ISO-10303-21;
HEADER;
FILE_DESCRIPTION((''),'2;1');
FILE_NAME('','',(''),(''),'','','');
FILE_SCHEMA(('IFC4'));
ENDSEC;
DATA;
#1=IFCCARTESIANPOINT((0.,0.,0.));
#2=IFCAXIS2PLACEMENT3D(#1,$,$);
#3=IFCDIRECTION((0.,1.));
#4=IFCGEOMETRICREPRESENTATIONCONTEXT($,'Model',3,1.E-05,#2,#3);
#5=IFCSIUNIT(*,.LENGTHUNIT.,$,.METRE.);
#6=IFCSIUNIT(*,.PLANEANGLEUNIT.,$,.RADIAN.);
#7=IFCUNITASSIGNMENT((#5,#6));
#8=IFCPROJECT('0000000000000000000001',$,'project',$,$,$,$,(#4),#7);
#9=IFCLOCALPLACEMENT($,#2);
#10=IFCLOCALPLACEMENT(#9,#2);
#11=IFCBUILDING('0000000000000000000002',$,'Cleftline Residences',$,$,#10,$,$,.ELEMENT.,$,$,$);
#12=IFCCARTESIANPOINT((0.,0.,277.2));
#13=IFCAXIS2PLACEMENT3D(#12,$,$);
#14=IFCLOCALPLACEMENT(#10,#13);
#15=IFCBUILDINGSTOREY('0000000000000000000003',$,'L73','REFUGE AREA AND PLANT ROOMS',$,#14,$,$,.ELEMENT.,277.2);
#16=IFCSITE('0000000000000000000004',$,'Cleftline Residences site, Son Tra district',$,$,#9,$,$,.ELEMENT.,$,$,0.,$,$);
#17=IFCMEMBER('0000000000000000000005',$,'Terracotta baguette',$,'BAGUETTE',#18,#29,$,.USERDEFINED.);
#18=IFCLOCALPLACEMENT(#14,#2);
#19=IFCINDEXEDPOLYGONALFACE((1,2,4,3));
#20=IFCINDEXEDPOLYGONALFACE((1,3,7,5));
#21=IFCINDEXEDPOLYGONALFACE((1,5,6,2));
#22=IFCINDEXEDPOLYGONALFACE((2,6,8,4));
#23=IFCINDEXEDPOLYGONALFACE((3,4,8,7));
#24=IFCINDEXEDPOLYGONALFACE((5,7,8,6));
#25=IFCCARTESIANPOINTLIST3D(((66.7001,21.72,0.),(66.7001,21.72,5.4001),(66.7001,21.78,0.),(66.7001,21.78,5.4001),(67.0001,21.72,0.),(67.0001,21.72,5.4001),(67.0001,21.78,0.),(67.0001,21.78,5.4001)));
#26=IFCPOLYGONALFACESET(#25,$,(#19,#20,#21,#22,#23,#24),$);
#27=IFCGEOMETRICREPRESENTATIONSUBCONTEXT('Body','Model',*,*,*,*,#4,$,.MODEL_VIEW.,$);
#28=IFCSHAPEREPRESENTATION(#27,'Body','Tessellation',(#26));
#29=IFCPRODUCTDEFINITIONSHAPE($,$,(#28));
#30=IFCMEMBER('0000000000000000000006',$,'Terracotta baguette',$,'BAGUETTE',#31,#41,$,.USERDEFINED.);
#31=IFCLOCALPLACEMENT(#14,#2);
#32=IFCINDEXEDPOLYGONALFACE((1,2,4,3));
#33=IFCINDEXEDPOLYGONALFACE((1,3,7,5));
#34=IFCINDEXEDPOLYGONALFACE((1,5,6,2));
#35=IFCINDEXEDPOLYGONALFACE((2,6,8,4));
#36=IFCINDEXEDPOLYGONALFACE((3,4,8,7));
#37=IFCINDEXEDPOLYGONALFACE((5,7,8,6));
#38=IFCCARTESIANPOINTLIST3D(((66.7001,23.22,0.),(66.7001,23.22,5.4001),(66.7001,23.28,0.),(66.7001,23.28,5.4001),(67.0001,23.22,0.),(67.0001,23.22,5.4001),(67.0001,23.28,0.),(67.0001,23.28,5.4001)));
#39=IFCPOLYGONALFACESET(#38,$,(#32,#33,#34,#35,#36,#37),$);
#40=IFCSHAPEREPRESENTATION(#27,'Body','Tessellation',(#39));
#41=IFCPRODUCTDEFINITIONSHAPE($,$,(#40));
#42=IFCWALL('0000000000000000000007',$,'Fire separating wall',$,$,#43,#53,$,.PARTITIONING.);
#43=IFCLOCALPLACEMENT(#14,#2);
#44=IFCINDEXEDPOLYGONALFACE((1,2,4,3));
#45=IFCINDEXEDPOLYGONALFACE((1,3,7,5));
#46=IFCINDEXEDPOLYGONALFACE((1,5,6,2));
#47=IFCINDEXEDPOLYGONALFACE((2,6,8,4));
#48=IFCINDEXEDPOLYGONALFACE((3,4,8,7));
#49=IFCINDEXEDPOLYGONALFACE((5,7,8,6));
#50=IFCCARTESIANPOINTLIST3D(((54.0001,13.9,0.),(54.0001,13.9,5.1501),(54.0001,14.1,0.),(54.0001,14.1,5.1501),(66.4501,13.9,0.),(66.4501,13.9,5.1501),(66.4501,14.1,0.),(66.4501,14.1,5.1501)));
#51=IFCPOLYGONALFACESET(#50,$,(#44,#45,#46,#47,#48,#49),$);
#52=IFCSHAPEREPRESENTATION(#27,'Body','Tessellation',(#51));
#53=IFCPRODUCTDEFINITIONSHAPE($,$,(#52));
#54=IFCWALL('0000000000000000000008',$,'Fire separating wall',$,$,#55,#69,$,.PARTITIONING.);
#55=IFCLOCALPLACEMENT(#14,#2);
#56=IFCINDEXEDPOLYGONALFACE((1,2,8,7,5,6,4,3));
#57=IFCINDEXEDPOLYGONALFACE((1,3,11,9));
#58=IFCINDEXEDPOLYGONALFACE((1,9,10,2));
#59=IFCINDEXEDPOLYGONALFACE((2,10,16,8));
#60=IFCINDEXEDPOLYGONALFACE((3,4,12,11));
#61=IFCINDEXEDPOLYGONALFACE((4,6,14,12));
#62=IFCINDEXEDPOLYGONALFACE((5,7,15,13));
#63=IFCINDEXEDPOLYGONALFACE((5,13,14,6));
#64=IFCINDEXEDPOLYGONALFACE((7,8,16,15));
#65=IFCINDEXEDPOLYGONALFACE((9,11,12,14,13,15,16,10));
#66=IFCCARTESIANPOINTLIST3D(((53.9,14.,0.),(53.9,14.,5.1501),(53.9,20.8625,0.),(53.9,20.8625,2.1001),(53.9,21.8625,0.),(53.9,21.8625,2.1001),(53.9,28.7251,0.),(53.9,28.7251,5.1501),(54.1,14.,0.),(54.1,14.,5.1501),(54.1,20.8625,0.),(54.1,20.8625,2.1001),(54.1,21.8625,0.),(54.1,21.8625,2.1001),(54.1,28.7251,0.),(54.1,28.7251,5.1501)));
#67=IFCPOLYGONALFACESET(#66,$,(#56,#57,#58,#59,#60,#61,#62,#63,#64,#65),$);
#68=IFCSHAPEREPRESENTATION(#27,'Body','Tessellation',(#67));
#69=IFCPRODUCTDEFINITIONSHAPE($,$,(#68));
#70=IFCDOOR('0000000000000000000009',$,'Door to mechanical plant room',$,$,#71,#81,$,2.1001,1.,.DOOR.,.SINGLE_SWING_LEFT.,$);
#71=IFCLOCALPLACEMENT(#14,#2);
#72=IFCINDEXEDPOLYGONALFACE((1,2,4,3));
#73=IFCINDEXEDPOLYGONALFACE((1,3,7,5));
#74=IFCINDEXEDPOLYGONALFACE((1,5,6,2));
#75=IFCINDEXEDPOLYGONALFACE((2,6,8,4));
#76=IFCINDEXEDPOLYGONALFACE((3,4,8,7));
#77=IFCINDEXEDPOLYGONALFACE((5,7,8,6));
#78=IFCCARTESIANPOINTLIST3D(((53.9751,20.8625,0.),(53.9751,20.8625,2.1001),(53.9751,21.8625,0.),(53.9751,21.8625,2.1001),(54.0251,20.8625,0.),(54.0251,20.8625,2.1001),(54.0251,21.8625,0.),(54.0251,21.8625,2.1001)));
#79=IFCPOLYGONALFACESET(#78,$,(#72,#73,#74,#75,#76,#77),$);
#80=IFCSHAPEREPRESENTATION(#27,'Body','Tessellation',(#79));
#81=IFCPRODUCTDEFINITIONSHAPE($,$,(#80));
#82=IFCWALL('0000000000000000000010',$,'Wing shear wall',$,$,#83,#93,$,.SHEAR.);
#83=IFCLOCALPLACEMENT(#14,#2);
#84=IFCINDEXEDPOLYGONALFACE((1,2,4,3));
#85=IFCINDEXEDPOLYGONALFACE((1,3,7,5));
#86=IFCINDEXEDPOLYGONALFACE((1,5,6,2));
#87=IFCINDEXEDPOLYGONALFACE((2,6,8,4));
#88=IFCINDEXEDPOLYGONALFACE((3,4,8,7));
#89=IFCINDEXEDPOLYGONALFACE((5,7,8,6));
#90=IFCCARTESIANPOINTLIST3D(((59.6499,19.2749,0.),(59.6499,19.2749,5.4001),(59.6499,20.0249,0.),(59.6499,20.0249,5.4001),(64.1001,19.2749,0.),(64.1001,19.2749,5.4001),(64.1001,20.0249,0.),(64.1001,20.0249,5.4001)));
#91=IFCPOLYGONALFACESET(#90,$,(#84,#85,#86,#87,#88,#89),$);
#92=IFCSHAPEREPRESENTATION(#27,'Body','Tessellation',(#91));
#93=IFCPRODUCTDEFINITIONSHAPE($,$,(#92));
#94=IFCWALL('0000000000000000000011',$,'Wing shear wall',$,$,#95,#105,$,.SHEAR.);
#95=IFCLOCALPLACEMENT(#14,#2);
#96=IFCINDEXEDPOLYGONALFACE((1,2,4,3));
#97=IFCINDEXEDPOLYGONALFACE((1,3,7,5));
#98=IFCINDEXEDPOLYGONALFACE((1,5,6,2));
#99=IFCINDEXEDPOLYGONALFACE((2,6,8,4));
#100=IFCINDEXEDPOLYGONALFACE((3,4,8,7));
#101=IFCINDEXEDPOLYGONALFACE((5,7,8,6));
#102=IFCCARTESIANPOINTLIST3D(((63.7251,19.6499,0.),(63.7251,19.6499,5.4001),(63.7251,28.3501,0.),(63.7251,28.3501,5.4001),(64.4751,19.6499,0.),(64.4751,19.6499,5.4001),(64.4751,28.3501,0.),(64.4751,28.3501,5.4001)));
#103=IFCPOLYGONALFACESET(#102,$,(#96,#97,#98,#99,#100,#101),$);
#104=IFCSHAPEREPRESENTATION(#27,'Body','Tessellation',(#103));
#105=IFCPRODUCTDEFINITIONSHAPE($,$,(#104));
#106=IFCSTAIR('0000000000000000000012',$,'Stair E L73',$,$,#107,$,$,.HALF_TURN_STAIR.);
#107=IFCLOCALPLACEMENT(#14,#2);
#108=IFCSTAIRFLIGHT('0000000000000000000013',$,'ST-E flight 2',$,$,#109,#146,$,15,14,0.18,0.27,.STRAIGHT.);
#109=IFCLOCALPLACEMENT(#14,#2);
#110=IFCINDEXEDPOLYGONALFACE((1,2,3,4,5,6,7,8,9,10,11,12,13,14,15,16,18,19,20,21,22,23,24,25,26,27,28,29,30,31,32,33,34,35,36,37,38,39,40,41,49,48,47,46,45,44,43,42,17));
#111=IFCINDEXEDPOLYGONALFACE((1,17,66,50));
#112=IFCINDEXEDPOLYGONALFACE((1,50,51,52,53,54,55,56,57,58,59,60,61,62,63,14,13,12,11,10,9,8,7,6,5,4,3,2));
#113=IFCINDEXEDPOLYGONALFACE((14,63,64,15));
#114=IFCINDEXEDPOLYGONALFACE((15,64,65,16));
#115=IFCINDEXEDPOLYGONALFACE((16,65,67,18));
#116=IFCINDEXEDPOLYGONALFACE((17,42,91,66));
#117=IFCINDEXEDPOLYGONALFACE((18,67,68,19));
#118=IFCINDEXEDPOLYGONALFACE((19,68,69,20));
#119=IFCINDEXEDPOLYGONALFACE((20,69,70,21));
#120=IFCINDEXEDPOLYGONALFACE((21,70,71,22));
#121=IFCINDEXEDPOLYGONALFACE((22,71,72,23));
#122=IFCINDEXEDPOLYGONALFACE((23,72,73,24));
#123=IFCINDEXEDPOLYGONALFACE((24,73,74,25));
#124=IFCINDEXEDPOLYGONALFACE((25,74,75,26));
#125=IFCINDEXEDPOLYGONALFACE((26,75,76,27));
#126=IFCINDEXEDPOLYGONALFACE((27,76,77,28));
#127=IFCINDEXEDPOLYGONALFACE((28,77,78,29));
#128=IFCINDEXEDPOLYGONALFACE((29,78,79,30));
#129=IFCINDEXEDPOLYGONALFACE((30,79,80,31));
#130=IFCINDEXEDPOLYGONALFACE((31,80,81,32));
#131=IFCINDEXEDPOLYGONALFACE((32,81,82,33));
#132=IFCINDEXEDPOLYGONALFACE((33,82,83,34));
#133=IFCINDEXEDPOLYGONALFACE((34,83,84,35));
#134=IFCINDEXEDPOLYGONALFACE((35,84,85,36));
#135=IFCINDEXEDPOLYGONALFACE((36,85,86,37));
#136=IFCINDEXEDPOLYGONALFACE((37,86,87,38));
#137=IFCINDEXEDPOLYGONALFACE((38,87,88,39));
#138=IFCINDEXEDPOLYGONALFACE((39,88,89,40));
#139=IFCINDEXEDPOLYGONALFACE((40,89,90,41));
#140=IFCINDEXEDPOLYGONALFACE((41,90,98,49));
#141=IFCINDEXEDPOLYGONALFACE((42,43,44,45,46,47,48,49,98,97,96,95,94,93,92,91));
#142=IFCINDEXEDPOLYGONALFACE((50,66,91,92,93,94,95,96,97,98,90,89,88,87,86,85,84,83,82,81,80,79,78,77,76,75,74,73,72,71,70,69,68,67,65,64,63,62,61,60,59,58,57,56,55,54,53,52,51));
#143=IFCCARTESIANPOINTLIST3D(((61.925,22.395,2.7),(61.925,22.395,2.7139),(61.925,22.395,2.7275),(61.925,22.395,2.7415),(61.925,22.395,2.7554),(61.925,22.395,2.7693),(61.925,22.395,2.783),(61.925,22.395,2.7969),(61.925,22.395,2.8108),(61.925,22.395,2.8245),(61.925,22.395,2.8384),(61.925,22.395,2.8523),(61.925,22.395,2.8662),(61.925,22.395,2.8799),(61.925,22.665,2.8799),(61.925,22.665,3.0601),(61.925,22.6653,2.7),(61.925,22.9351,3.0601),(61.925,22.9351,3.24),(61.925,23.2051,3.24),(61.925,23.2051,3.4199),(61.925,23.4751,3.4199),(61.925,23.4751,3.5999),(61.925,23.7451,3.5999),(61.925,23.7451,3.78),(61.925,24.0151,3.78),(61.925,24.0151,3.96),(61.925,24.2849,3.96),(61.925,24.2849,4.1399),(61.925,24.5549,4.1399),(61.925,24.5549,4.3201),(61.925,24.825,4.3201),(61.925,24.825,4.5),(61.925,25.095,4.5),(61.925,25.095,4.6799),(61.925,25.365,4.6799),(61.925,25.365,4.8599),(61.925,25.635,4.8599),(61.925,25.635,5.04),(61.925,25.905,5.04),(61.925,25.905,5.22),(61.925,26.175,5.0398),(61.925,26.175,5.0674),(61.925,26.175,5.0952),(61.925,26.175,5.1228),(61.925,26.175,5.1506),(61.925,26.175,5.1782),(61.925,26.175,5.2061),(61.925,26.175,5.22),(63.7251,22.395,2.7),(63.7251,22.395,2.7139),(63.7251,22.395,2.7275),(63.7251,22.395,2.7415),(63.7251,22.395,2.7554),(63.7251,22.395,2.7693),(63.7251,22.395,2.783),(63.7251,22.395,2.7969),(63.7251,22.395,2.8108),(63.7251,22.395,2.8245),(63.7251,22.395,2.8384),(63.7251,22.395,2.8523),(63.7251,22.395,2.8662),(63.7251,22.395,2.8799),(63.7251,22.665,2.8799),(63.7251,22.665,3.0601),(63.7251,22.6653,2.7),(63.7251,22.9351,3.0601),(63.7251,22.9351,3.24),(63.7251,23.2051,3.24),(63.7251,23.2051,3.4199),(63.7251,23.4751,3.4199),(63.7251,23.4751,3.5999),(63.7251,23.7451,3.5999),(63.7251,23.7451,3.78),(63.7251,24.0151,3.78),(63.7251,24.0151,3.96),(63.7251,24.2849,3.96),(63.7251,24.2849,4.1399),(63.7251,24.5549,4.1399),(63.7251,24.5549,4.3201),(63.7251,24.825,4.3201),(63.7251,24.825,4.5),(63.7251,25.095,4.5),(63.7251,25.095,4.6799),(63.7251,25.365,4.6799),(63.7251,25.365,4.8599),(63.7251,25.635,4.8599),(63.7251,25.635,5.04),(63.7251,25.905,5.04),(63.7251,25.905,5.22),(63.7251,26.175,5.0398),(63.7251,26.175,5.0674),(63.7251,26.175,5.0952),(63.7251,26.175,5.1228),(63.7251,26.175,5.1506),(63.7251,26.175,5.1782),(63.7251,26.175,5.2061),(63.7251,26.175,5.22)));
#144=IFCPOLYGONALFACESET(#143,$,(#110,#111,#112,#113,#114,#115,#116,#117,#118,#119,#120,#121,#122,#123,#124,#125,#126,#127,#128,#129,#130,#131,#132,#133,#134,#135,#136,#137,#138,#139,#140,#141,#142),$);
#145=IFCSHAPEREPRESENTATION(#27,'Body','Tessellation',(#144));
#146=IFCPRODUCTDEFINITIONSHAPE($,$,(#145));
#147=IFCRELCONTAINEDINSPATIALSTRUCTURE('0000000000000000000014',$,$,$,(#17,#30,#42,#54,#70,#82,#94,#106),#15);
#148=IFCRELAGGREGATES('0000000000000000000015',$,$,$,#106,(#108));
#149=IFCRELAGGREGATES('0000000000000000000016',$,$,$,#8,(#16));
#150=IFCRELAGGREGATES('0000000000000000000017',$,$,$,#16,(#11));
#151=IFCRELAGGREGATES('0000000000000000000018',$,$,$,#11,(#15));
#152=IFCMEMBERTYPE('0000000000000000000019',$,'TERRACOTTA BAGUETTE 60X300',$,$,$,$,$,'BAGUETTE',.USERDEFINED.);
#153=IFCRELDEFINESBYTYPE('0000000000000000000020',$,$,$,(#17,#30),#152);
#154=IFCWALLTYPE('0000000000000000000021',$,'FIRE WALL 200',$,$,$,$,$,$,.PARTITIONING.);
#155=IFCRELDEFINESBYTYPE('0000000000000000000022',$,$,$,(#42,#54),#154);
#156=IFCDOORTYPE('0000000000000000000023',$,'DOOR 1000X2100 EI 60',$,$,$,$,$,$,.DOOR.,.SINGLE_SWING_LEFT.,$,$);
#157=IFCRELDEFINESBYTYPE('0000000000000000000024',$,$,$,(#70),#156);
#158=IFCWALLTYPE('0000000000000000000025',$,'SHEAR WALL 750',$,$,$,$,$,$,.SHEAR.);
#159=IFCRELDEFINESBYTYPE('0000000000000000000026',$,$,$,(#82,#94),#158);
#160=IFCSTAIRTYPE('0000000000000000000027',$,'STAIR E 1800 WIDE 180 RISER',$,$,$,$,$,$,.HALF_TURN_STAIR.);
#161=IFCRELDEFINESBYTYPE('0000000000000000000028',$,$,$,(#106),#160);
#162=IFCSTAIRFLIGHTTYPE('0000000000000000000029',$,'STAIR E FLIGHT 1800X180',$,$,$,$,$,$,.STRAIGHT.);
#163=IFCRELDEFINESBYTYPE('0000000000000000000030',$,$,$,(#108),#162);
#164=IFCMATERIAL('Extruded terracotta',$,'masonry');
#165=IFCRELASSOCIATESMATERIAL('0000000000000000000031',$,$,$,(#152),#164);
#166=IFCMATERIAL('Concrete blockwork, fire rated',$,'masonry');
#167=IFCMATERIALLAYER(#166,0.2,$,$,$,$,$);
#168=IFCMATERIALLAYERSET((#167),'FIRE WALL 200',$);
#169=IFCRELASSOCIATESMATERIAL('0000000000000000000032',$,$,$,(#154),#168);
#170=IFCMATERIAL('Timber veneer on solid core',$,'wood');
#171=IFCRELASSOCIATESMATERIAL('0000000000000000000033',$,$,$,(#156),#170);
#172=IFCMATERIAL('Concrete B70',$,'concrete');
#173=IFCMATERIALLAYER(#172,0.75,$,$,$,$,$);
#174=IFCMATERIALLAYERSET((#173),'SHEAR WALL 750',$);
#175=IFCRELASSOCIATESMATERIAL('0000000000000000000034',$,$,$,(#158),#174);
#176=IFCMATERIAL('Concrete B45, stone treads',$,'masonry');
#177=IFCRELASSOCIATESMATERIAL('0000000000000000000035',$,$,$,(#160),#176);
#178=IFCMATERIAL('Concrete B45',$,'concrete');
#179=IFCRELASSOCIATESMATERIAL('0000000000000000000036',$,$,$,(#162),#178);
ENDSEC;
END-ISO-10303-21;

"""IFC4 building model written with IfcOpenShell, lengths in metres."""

from ifc_helpers import new_model, si_unit, direction, frame, frame_2d, origin, origin_2d, place, context, subcontext, project, spatial, polyline, rectangle, outline, extrude, material, layer, layer_set, material_profile, profile_set, type_object, element, fill, aggregate, save


model = new_model("IFC4")

# Units and contexts
model_context = context("Model", 3, precision=1e-05, world=origin(), true_north=direction((0.0, 1.0)))
body_context = subcontext(model_context, "Body", "Model", "MODEL_VIEW")
ifc_project = project(units=[si_unit("LENGTHUNIT", "METRE"), si_unit("PLANEANGLEUNIT", "RADIAN")], contexts=[model_context])

# Site, building, storey
site_placement = place(None, origin())
site = spatial("IfcSite", under=ifc_project, at=site_placement, Name="Cleftline Residences site, Son Tra district", CompositionType="ELEMENT", RefElevation=0.0)
building_placement = place(site_placement, origin())
building = spatial("IfcBuilding", under=site, at=building_placement, Name="Cleftline Residences", CompositionType="ELEMENT")
storey_placement = place(building_placement, frame((0.0, 0.0, 277.2)))
storey = spatial("IfcBuildingStorey", under=building, at=storey_placement, Name="L73", Description="REFUGE AREA AND PLANT ROOMS", CompositionType="ELEMENT", Elevation=277.2)

# Members
ifc_material_1 = material(Name="Extruded terracotta", Category="masonry")
ifc_material_profile_1 = material_profile(ifc_material_1, rectangle(XDim=0.0601, YDim=0.3, at=origin_2d()))
ifc_profile_set_1 = profile_set([ifc_material_profile_1], Name="Extruded terracotta")
member_type_1 = type_object("IfcMemberType", Name="TERRACOTTA BAGUETTE 60X300", ElementType="BAGUETTE", PredefinedType="USERDEFINED", material=ifc_profile_set_1)
for number, where, z_axis, x_axis, name in (
    (1, (66.8501, 21.75, 0.0), (0.0, 0.0, 1.0), (0.0, 1.0, 0.0), "Terracotta baguette"),
    (2, (66.8501, 23.25, 0.0), (0.0, 0.0, 1.0), (0.0, 1.0, 0.0), "Terracotta baguette"),
):
    element("IfcMember", number, at=place(storey_placement, frame(where, z_axis=z_axis, x_axis=x_axis)), inside=storey, type_object=member_type_1, Name=name, ObjectType="BAGUETTE", PredefinedType="USERDEFINED", context=body_context, shape_type="SweptSolid", body=[
        extrude(rectangle(XDim=0.0601, YDim=0.3, at=origin_2d()), origin(), (0.0, 0.0, 1.0), 5.4001),
    ])

# Wall
ifc_material_2 = material(Name="Concrete blockwork, fire rated", Category="masonry")
ifc_layer_1 = layer(ifc_material_2, 0.2)
ifc_layer_set_1 = layer_set([ifc_layer_1], Name="FIRE WALL 200")
wall_type_1 = type_object("IfcWallType", Name="FIRE WALL 200", PredefinedType="PARTITIONING", material=ifc_layer_set_1)
wall_1_placement = place(storey_placement, frame((54.0, 14.0, 0.0), z_axis=(0.0, 0.0, 1.0), x_axis=(1.0, 0.0, 0.0)))
element("IfcWall", 3, at=wall_1_placement, inside=storey, type_object=wall_type_1, Name="Fire separating wall", PredefinedType="PARTITIONING", context=body_context, shape_type="SweptSolid", body=[
    extrude(rectangle(XDim=12.45, YDim=0.2, at=frame_2d((6.2251, 0.0))), origin(), (0.0, 0.0, 1.0), 5.1501),
])

# Wall, opening, door
wall_2_placement = place(storey_placement, frame((54.0, 14.0, 0.0), z_axis=(0.0, 0.0, 1.0), x_axis=(0.0, 1.0, 0.0)))
wall_2 = element("IfcWall", 4, at=wall_2_placement, inside=storey, type_object=wall_type_1, Name="Fire separating wall", PredefinedType="PARTITIONING", context=body_context, shape_type="SweptSolid", body=[
    extrude(rectangle(XDim=14.7251, YDim=0.2, at=frame_2d((7.3625, 0.0))), origin(), (0.0, 0.0, 1.0), 5.1501),
])
opening_placement = place(wall_2_placement, frame((6.8625, 0.0, 0.0)))
opening = element("IfcOpeningElement", 5, at=opening_placement, cuts=wall_2, PredefinedType="OPENING", context=body_context, shape_type="SweptSolid", body=[
    extrude(rectangle(XDim=1.0, YDim=2.1001, at=frame_2d((0.5, 1.05))), frame((0.0, 0.1099, 0.0), z_axis=(0.0, -1.0, 0.0), x_axis=(1.0, 0.0, 0.0)), (0.0, 0.0, 1.0), 0.22),
])
ifc_material_3 = material(Name="Timber veneer on solid core", Category="wood")
door_type = type_object("IfcDoorType", Name="DOOR 1000X2100 EI 60", OperationType="SINGLE_SWING_LEFT", PredefinedType="DOOR", material=ifc_material_3)
door_placement = place(opening_placement, origin())
door = element("IfcDoor", 6, at=door_placement, inside=storey, type_object=door_type, Name="Door to mechanical plant room", OperationType="SINGLE_SWING_LEFT", OverallHeight=2.1001, OverallWidth=1.0, PredefinedType="DOOR", context=body_context, shape_type="SweptSolid", body=[
    extrude(rectangle(XDim=1.0, YDim=2.1001, at=frame_2d((0.5, 1.05))), frame((0.0, 0.0249, 0.0), z_axis=(0.0, -1.0, 0.0), x_axis=(1.0, 0.0, 0.0)), (0.0, 0.0, 1.0), 0.05),
])
fill(opening, door)

# Walls
ifc_material_4 = material(Name="Concrete B70", Category="concrete")
ifc_layer_2 = layer(ifc_material_4, 0.75)
ifc_layer_set_2 = layer_set([ifc_layer_2], Name="SHEAR WALL 750")
wall_type_2 = type_object("IfcWallType", Name="SHEAR WALL 750", PredefinedType="SHEAR", material=ifc_layer_set_2)
wall_3_placement = place(storey_placement, frame((59.6499, 19.6499, 0.0), z_axis=(0.0, 0.0, 1.0), x_axis=(1.0, 0.0, 0.0)))
element("IfcWall", 7, at=wall_3_placement, inside=storey, type_object=wall_type_2, Name="Wing shear wall", PredefinedType="SHEAR", context=body_context, shape_type="SweptSolid", body=[
    extrude(rectangle(XDim=4.4502, YDim=0.75, at=frame_2d((2.2251, 0.0))), origin(), (0.0, 0.0, 1.0), 5.4001),
])
wall_4_placement = place(storey_placement, frame((64.1001, 19.6499, 0.0), z_axis=(0.0, 0.0, 1.0), x_axis=(0.0, 1.0, 0.0)))
element("IfcWall", 8, at=wall_4_placement, inside=storey, type_object=wall_type_2, Name="Wing shear wall", PredefinedType="SHEAR", context=body_context, shape_type="SweptSolid", body=[
    extrude(rectangle(XDim=8.7002, YDim=0.75, at=frame_2d((4.3501, 0.0))), origin(), (0.0, 0.0, 1.0), 5.4001),
])

# Stair, stair flight
ifc_material_5 = material(Name="Concrete B45, stone treads", Category="masonry")
stair_type = type_object("IfcStairType", Name="STAIR E 1800 WIDE 180 RISER", PredefinedType="HALF_TURN_STAIR", material=ifc_material_5)
stair_placement = place(storey_placement, origin())
stair = element("IfcStair", 9, at=stair_placement, inside=storey, type_object=stair_type, Name="Stair E L73", PredefinedType="HALF_TURN_STAIR")
ifc_material_6 = material(Name="Concrete B45", Category="concrete")
stair_flight_type = type_object("IfcStairFlightType", Name="STAIR E FLIGHT 1800X180", PredefinedType="STRAIGHT", material=ifc_material_6)
stair_flight_placement = place(storey_placement, frame((62.825, 22.395, 2.7), z_axis=(0.0, 0.0, 1.0), x_axis=(0.0, 1.0, 0.0)))
stair_flight = element("IfcStairFlight", 10, at=stair_flight_placement, type_object=stair_flight_type, Name="ST-E flight 2", NumberOfRisers=15, NumberOfTreads=14, PredefinedType="STRAIGHT", RiserHeight=0.18, TreadLength=0.27, context=body_context, shape_type="SweptSolid", body=[
    extrude(outline(polyline([(0.0, 0.0), (0.0, 0.0139), (0.0, 0.0276), (0.0, 0.0415), (0.0, 0.0554), (0.0, 0.0693), (0.0, 0.083), (0.0, 0.0969), (0.0, 0.1108), (0.0, 0.1245), (0.0, 0.1384), (0.0, 0.1523), (0.0, 0.1663), (0.0, 0.1799), (0.27, 0.1799), (0.27, 0.3601), (0.54, 0.3601), (0.54, 0.54), (0.8101, 0.54), (0.8101, 0.72), (1.0801, 0.72), (1.0801, 0.8999), (1.3501, 0.8999), (1.3501, 1.0801), (1.6201, 1.0801), (1.6201, 1.26), (1.8899, 1.26), (1.8899, 1.4399), (2.1599, 1.4399), (2.1599, 1.6201), (2.4299, 1.6201), (2.4299, 1.8), (2.7, 1.8), (2.7, 1.98), (2.97, 1.98), (2.97, 2.1599), (3.24, 2.1599), (3.24, 2.3401), (3.51, 2.3401), (3.51, 2.52), (3.78, 2.52), (3.78, 2.7), (3.78, 2.6724), (3.78, 2.6445), (3.78, 2.6169), (3.78, 2.5891), (3.78, 2.5615), (3.78, 2.5337), (3.78, 2.5061), (3.78, 2.4783), (3.78, 2.4507), (3.78, 2.4229), (3.78, 2.3953), (3.78, 2.3674), (3.78, 2.3398), (0.2703, 0.0), (0.0, 0.0)])), frame((0.0, 0.8999, 0.0), z_axis=(0.0, -1.0, 0.0), x_axis=(1.0, 0.0, 0.0)), (0.0, 0.0, 1.0), 1.8),
])
aggregate(stair, [stair_flight])

save(model, "model.ifc")
